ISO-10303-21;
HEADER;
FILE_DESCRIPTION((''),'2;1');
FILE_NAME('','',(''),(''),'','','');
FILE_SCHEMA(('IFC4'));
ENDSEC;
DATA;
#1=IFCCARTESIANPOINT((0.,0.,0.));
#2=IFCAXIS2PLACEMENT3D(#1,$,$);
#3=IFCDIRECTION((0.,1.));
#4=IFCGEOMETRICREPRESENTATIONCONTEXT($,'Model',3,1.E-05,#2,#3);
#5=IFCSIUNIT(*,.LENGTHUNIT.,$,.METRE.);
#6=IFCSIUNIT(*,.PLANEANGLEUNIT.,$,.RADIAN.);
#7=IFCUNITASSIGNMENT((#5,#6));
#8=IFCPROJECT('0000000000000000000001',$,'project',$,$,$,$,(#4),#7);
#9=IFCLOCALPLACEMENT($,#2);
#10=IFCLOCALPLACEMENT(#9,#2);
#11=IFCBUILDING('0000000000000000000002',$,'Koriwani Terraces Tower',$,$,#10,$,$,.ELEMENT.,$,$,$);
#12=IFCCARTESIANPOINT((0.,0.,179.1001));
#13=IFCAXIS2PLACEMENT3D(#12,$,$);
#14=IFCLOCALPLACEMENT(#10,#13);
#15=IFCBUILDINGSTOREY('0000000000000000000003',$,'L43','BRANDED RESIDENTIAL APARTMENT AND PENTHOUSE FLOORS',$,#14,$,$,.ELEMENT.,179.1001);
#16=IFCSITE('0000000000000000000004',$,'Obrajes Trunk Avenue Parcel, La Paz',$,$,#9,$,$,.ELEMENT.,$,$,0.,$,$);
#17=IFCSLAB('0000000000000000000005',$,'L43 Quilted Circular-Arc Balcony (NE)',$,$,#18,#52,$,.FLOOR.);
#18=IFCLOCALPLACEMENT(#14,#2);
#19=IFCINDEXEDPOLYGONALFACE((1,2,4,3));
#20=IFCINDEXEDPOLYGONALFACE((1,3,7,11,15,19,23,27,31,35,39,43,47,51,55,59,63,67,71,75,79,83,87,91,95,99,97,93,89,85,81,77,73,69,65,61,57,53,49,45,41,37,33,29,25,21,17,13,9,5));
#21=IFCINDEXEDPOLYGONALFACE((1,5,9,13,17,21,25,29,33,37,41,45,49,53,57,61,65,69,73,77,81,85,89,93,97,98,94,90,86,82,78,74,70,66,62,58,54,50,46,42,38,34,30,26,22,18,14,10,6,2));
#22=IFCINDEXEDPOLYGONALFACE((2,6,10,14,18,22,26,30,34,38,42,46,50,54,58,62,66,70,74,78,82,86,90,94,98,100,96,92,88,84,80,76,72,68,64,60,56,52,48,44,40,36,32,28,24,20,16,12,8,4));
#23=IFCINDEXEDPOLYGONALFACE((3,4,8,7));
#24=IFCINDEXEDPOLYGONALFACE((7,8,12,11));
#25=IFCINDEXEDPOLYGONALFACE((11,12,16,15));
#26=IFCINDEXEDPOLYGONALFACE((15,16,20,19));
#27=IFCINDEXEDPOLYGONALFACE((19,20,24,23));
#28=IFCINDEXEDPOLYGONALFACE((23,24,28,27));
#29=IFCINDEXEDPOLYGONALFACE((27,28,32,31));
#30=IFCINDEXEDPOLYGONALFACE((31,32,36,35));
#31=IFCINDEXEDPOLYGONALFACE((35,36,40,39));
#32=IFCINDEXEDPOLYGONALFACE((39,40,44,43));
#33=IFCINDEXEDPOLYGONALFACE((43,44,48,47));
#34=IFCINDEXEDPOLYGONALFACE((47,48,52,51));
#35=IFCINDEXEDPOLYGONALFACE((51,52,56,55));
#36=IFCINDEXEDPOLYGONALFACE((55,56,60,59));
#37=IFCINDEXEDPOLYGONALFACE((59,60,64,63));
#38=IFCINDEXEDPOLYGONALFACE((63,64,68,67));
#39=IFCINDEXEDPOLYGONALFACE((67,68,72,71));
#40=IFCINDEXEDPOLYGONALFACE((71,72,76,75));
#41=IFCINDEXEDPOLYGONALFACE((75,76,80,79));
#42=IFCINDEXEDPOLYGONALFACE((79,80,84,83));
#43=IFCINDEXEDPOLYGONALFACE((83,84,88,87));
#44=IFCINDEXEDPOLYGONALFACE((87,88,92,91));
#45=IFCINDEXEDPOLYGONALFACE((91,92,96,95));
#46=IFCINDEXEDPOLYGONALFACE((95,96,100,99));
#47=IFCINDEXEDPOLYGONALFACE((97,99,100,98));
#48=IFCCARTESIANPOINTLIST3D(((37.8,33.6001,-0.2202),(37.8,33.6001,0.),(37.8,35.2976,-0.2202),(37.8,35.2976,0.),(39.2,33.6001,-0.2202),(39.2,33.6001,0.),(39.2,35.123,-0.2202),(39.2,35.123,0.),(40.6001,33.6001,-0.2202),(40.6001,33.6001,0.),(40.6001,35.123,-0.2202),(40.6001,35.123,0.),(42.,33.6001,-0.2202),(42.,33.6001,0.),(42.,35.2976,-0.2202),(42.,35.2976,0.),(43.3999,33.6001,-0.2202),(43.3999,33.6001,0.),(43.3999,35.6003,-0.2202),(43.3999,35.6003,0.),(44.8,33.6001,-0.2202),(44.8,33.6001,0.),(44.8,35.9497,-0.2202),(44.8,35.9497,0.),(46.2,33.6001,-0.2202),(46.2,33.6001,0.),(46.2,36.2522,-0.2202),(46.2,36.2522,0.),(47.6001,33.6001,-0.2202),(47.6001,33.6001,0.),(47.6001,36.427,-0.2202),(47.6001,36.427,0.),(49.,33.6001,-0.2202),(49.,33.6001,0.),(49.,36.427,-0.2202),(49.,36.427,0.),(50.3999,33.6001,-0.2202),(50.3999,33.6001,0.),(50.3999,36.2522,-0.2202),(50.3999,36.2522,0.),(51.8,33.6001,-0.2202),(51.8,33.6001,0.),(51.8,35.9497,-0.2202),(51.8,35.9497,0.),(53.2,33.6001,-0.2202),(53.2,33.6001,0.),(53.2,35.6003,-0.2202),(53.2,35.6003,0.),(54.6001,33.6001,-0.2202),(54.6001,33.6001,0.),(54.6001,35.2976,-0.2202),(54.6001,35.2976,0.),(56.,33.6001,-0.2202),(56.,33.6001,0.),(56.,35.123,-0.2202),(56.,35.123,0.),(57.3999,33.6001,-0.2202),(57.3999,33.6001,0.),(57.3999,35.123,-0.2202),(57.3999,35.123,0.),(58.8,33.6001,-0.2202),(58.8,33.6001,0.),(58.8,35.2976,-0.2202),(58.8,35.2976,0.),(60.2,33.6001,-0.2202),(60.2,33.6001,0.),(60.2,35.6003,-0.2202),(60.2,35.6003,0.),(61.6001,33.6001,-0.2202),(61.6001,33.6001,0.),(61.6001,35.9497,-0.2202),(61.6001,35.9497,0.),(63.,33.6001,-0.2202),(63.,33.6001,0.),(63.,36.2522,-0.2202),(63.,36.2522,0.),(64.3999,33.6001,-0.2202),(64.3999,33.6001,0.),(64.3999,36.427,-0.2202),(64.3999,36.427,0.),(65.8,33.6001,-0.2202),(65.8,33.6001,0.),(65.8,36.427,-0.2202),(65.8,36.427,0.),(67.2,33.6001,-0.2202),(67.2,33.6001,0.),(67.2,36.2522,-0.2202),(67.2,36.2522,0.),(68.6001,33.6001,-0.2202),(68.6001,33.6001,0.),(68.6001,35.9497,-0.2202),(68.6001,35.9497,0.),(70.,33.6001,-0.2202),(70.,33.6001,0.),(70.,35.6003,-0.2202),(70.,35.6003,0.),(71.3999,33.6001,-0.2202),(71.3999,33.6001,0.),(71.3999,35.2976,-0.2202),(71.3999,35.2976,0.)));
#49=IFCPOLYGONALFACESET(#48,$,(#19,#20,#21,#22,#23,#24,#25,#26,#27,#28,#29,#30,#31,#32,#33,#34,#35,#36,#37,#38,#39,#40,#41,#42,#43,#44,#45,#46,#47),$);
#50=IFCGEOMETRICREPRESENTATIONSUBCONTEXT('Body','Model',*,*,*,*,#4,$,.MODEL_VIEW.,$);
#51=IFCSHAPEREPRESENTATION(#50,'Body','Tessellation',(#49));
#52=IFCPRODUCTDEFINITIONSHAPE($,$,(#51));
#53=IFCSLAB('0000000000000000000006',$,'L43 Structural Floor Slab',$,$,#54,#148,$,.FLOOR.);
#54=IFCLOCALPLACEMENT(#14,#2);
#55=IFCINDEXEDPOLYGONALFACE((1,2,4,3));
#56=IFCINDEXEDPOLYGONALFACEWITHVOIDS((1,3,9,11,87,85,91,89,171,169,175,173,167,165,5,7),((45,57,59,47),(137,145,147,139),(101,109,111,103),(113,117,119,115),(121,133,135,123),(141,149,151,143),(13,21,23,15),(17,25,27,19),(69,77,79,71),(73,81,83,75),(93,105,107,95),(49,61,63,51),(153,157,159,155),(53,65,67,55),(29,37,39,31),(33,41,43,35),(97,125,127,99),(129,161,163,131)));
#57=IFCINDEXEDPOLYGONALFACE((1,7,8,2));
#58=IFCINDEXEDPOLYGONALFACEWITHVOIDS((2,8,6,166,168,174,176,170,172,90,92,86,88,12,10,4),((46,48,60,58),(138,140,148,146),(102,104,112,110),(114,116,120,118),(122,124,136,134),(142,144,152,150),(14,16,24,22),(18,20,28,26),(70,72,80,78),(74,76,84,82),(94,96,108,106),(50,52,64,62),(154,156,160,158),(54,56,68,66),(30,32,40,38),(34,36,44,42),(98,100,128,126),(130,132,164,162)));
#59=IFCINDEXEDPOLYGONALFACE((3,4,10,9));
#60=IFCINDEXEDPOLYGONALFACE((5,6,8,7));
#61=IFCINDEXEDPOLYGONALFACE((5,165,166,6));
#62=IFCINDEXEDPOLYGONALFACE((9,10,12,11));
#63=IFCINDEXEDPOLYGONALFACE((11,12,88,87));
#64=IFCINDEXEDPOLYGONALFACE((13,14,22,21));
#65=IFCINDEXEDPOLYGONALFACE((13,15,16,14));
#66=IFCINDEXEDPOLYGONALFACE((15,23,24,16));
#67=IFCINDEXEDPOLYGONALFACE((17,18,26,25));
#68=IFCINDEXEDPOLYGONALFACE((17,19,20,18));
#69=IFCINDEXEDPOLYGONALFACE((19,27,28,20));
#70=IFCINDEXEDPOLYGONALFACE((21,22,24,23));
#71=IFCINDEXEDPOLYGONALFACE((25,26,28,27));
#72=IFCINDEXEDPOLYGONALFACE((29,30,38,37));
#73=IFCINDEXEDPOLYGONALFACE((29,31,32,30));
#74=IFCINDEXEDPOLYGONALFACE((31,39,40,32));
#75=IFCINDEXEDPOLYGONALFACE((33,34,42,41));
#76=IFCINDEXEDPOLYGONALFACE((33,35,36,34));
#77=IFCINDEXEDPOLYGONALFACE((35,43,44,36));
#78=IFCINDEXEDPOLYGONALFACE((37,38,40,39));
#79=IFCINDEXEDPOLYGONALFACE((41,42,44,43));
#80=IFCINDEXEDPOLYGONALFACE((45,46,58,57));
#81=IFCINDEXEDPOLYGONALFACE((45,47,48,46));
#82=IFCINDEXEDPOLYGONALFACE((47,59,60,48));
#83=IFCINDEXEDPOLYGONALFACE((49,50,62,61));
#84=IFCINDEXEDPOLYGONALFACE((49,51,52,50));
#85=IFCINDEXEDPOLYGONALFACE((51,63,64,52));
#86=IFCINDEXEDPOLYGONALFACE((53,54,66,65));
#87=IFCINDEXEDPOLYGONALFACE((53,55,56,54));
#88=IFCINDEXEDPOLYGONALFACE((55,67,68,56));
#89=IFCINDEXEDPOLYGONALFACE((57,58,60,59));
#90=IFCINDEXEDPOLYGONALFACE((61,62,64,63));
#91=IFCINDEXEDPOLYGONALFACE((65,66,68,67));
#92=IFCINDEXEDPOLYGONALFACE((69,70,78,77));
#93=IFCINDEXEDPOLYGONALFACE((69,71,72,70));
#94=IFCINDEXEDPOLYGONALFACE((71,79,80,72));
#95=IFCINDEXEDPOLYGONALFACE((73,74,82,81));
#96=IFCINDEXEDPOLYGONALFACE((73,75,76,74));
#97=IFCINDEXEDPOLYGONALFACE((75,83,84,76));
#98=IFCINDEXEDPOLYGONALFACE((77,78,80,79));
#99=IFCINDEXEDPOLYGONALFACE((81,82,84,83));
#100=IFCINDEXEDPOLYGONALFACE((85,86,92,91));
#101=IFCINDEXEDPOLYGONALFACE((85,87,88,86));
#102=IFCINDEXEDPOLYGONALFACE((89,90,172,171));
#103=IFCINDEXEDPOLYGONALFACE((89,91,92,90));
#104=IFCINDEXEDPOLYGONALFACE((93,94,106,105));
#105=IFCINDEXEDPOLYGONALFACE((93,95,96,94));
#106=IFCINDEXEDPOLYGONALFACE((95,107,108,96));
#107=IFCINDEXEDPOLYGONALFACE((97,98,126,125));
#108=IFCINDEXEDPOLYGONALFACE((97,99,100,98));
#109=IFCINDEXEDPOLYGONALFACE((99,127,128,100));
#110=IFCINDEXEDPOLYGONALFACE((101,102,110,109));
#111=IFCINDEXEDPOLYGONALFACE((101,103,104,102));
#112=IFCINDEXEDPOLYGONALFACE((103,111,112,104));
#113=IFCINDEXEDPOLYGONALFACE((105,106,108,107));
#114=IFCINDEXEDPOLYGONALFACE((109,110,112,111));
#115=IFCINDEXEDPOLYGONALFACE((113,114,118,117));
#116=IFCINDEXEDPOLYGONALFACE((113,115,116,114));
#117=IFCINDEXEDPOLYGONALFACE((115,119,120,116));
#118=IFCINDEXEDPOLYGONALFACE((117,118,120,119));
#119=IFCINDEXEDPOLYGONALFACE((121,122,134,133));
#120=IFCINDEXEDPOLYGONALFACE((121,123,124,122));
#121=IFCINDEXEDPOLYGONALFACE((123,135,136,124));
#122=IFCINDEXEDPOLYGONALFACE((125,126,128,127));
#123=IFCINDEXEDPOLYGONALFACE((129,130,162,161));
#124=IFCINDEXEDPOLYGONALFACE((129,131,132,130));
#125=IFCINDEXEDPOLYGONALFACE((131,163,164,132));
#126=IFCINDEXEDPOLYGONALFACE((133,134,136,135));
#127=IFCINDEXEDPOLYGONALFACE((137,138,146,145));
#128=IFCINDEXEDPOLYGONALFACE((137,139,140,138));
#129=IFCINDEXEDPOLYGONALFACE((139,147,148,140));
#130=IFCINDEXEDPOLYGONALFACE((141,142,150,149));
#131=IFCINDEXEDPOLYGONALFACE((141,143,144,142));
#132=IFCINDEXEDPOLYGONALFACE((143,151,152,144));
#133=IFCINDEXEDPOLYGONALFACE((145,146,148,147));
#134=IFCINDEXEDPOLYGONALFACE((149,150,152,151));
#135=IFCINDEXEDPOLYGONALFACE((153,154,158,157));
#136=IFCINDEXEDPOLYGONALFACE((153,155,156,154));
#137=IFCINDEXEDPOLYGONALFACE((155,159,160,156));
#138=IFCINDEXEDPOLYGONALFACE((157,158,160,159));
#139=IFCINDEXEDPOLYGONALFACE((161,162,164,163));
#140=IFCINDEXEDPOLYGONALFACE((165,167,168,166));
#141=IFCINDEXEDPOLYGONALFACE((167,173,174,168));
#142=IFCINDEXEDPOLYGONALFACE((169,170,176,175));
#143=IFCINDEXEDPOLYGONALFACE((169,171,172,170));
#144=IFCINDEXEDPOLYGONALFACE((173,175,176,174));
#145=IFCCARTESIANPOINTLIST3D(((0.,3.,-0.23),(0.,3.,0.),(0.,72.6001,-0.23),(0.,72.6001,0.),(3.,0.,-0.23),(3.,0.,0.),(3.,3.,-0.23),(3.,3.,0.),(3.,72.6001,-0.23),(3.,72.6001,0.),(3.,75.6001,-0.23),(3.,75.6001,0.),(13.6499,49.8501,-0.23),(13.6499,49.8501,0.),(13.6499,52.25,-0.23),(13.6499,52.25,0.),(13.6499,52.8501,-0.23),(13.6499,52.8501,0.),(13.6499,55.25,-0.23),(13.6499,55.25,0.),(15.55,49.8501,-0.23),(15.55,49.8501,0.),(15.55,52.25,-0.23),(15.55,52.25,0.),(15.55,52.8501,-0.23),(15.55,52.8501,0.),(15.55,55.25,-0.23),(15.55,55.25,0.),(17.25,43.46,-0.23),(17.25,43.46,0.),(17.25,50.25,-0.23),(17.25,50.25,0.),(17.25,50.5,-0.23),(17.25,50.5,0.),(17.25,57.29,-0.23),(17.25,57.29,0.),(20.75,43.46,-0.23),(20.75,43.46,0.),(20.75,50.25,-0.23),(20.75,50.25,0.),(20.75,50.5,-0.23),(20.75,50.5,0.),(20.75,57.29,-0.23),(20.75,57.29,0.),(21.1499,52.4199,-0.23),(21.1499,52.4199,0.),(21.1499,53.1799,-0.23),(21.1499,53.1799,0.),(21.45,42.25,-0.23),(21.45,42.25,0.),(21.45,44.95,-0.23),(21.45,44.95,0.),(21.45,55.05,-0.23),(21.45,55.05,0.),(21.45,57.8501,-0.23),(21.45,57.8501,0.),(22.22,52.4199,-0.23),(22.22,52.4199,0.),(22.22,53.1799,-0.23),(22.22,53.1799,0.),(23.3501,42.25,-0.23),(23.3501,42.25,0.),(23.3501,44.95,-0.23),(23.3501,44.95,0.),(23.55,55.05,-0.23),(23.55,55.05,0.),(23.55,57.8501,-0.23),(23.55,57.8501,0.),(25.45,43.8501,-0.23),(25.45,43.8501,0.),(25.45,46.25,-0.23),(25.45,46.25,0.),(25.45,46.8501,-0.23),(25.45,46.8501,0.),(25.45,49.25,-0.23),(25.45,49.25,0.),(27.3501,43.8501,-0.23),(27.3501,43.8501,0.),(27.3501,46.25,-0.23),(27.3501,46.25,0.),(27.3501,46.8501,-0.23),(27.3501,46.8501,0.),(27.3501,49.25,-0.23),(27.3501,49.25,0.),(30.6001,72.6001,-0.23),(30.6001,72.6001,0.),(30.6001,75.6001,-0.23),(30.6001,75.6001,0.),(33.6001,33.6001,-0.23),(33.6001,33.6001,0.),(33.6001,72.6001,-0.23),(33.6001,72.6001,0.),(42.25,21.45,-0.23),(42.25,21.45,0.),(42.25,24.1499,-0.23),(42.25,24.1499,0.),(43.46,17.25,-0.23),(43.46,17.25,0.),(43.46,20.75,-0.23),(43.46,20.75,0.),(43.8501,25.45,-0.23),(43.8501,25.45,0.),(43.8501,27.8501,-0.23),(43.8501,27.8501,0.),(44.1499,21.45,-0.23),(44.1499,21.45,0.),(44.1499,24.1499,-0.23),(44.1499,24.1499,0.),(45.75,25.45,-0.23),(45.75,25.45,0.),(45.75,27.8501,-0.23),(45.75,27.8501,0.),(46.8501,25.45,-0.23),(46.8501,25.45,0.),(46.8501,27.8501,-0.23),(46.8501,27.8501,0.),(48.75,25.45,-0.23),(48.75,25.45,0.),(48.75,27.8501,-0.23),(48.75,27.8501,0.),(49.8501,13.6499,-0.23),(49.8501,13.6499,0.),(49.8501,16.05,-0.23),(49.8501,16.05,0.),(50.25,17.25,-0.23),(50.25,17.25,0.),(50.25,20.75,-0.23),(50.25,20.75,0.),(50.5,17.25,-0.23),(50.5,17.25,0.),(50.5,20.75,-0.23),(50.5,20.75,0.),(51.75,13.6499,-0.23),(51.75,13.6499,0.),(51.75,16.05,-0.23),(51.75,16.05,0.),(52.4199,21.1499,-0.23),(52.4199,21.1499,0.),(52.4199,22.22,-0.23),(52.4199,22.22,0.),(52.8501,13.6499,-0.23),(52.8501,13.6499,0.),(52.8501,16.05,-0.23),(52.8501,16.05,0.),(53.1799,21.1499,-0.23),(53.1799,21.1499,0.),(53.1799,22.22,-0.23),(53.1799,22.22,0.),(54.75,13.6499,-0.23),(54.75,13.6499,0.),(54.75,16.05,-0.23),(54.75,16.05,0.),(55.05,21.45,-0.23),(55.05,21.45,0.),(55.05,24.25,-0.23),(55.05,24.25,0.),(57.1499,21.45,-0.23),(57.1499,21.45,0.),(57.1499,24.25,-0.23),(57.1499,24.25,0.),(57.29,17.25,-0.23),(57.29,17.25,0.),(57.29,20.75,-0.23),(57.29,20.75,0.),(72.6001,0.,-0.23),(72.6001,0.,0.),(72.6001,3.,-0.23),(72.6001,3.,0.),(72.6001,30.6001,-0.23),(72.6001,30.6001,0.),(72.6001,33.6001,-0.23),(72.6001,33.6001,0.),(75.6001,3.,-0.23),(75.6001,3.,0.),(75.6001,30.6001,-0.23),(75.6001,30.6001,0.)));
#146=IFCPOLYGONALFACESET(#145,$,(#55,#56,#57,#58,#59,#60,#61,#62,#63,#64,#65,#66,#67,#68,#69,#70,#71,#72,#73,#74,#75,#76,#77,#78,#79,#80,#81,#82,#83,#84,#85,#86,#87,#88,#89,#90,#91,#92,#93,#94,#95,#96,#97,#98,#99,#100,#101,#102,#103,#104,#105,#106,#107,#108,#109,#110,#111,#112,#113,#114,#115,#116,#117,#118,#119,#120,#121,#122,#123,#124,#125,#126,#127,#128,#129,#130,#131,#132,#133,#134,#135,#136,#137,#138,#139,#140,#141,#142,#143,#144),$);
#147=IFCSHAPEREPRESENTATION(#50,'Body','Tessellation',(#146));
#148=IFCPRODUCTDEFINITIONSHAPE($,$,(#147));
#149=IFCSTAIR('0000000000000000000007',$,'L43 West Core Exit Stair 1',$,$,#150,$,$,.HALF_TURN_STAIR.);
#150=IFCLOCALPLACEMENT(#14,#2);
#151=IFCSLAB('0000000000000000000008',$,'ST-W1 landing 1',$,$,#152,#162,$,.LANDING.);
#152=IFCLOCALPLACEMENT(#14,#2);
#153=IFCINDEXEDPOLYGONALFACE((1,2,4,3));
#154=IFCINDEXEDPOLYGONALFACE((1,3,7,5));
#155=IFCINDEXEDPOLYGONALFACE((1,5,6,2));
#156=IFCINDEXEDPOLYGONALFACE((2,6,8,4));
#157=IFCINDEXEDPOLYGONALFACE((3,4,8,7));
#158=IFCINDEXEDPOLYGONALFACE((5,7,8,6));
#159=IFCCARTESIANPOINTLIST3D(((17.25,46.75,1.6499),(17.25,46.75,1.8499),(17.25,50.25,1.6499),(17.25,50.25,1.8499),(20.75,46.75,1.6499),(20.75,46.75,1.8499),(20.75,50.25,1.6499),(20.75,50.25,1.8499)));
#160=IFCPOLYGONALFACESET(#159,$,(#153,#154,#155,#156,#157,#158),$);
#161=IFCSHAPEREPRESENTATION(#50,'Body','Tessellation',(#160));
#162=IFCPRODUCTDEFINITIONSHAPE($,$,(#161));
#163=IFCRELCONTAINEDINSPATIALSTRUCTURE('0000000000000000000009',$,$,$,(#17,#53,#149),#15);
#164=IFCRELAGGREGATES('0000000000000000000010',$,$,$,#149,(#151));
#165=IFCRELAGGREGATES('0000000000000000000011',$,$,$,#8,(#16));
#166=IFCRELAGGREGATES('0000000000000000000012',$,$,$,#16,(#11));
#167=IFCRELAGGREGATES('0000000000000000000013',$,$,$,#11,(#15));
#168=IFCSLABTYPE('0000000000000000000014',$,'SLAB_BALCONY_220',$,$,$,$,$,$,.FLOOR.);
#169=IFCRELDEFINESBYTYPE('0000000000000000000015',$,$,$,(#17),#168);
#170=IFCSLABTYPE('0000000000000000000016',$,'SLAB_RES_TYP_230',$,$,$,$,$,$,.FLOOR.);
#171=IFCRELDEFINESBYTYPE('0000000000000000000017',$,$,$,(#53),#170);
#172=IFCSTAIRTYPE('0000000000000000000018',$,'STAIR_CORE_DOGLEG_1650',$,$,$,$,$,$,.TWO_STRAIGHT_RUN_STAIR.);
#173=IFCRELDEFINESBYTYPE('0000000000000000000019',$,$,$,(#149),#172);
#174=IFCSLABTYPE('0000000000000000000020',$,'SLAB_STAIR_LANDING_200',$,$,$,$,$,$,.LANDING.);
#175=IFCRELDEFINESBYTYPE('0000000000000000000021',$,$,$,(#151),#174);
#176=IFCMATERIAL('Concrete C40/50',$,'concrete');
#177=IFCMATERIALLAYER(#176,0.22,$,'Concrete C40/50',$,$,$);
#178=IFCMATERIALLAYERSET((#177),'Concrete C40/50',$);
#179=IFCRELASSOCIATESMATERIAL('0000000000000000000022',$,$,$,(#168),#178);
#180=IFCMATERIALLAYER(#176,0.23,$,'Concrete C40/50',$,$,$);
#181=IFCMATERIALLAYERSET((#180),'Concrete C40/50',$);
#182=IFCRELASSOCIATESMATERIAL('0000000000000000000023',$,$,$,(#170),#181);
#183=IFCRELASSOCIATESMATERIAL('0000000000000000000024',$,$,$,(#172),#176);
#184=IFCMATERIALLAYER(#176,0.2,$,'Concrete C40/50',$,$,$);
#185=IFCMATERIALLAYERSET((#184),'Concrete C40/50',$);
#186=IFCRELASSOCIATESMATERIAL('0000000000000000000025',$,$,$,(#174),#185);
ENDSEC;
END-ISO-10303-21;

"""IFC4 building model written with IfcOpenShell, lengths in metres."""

from ifc_helpers import new_model, si_unit, direction, frame, origin, place, context, subcontext, project, spatial, polyline, outline, extrude, material, layer, layer_set, type_object, element, aggregate, save


model = new_model("IFC4")

# Units and contexts
model_context = context("Model", 3, precision=1e-05, world=origin(), true_north=direction((0.0, 1.0)))
body_context = subcontext(model_context, "Body", "Model", "MODEL_VIEW")
ifc_project = project(units=[si_unit("LENGTHUNIT", "METRE"), si_unit("PLANEANGLEUNIT", "RADIAN")], contexts=[model_context])

# Site, building, storey
site_placement = place(None, origin())
site = spatial("IfcSite", under=ifc_project, at=site_placement, Name="Obrajes Trunk Avenue Parcel, La Paz", CompositionType="ELEMENT", RefElevation=0.0)
building_placement = place(site_placement, origin())
building = spatial("IfcBuilding", under=site, at=building_placement, Name="Koriwani Terraces Tower", CompositionType="ELEMENT")
storey_placement = place(building_placement, frame((0.0, 0.0, 179.1001)))
storey = spatial("IfcBuildingStorey", under=building, at=storey_placement, Name="L43", Description="BRANDED RESIDENTIAL APARTMENT AND PENTHOUSE FLOORS", CompositionType="ELEMENT", Elevation=179.1001)

# Shared definitions
ifc_material_1 = material(Name="Concrete C40/50", Category="concrete")

# Slabs
ifc_layer_1 = layer(ifc_material_1, 0.22, Name="Concrete C40/50")
ifc_layer_set_1 = layer_set([ifc_layer_1], Name="Concrete C40/50")
slab_type_1 = type_object("IfcSlabType", Name="SLAB_BALCONY_220", PredefinedType="FLOOR", material=ifc_layer_set_1)
slab_1_placement = place(storey_placement, frame((0.0, 0.0, -0.2202)))
element("IfcSlab", 1, at=slab_1_placement, inside=storey, type_object=slab_type_1, Name="L43 Quilted Circular-Arc Balcony (NE)", PredefinedType="FLOOR", context=body_context, shape_type="SweptSolid", body=[
    extrude(outline(polyline([(71.3999, 33.6001), (70.0, 33.6001), (68.6001, 33.6001), (67.2, 33.6001), (65.8, 33.6001), (64.3999, 33.6001), (63.0, 33.6001), (61.6001, 33.6001), (60.2, 33.6001), (58.8, 33.6001), (57.3999, 33.6001), (56.0, 33.6001), (54.6001, 33.6001), (53.2, 33.6001), (51.8, 33.6001), (50.3999, 33.6001), (49.0, 33.6001), (47.6001, 33.6001), (46.2, 33.6001), (44.8, 33.6001), (43.3999, 33.6001), (42.0, 33.6001), (40.6001, 33.6001), (39.2, 33.6001), (37.8, 33.6001), (37.8, 35.2976), (39.2, 35.123), (40.6001, 35.123), (42.0, 35.2976), (43.3999, 35.6003), (44.8, 35.9497), (46.2, 36.2522), (47.6001, 36.427), (49.0, 36.427), (50.3999, 36.2522), (51.8, 35.9497), (53.2, 35.6003), (54.6001, 35.2976), (56.0, 35.123), (57.3999, 35.123), (58.8, 35.2976), (60.2, 35.6003), (61.6001, 35.9497), (63.0, 36.2522), (64.3999, 36.427), (65.8, 36.427), (67.2, 36.2522), (68.6001, 35.9497), (70.0, 35.6003), (71.3999, 35.2976), (71.3999, 33.6001)])), origin(), (0.0, 0.0, 1.0), 0.2202),
])
ifc_layer_2 = layer(ifc_material_1, 0.23, Name="Concrete C40/50")
ifc_layer_set_2 = layer_set([ifc_layer_2], Name="Concrete C40/50")
slab_type_2 = type_object("IfcSlabType", Name="SLAB_RES_TYP_230", PredefinedType="FLOOR", material=ifc_layer_set_2)
slab_2_placement = place(storey_placement, frame((0.0, 0.0, -0.23)))
element("IfcSlab", 2, at=slab_2_placement, inside=storey, type_object=slab_type_2, Name="L43 Structural Floor Slab", PredefinedType="FLOOR", context=body_context, shape_type="SweptSolid", body=[
    extrude(outline(polyline([(3.0, 0.0), (72.6001, 0.0), (72.6001, 3.0), (75.6001, 3.0), (75.6001, 30.6001), (72.6001, 30.6001), (72.6001, 33.6001), (33.6001, 33.6001), (33.6001, 72.6001), (30.6001, 72.6001), (30.6001, 75.6001), (3.0, 75.6001), (3.0, 72.6001), (0.0, 72.6001), (0.0, 3.0), (3.0, 3.0), (3.0, 0.0)]), holes=[polyline([(17.25, 43.46), (20.75, 43.46), (20.75, 50.25), (17.25, 50.25), (17.25, 43.46)]), polyline([(17.25, 50.5), (20.75, 50.5), (20.75, 57.29), (17.25, 57.29), (17.25, 50.5)]), polyline([(43.46, 17.25), (50.25, 17.25), (50.25, 20.75), (43.46, 20.75), (43.46, 17.25)]), polyline([(50.5, 17.25), (57.29, 17.25), (57.29, 20.75), (50.5, 20.75), (50.5, 17.25)]), polyline([(13.6499, 49.8501), (15.55, 49.8501), (15.55, 52.25), (13.6499, 52.25), (13.6499, 49.8501)]), polyline([(13.6499, 52.8501), (15.55, 52.8501), (15.55, 55.25), (13.6499, 55.25), (13.6499, 52.8501)]), polyline([(49.8501, 13.6499), (51.75, 13.6499), (51.75, 16.05), (49.8501, 16.05), (49.8501, 13.6499)]), polyline([(52.8501, 13.6499), (54.75, 13.6499), (54.75, 16.05), (52.8501, 16.05), (52.8501, 13.6499)]), polyline([(25.45, 43.8501), (27.3501, 43.8501), (27.3501, 46.25), (25.45, 46.25), (25.45, 43.8501)]), polyline([(25.45, 46.8501), (27.3501, 46.8501), (27.3501, 49.25), (25.45, 49.25), (25.45, 46.8501)]), polyline([(43.8501, 25.45), (45.75, 25.45), (45.75, 27.8501), (43.8501, 27.8501), (43.8501, 25.45)]), polyline([(46.8501, 25.45), (48.75, 25.45), (48.75, 27.8501), (46.8501, 27.8501), (46.8501, 25.45)]), polyline([(21.45, 55.05), (23.55, 55.05), (23.55, 57.8501), (21.45, 57.8501), (21.45, 55.05)]), polyline([(55.05, 21.45), (57.1499, 21.45), (57.1499, 24.25), (55.05, 24.25), (55.05, 21.45)]), polyline([(21.45, 42.25), (23.3501, 42.25), (23.3501, 44.95), (21.45, 44.95), (21.45, 42.25)]), polyline([(42.25, 21.45), (44.1499, 21.45), (44.1499, 24.1499), (42.25, 24.1499), (42.25, 21.45)]), polyline([(21.1499, 52.4199), (22.22, 52.4199), (22.22, 53.1799), (21.1499, 53.1799), (21.1499, 52.4199)]), polyline([(52.4199, 21.1499), (53.1799, 21.1499), (53.1799, 22.22), (52.4199, 22.22), (52.4199, 21.1499)])]), origin(), (0.0, 0.0, 1.0), 0.23),
])

# Stair, slab
stair_type = type_object("IfcStairType", Name="STAIR_CORE_DOGLEG_1650", PredefinedType="TWO_STRAIGHT_RUN_STAIR", material=ifc_material_1)
stair_1_placement = place(storey_placement, origin())
stair_1 = element("IfcStair", 3, at=stair_1_placement, inside=storey, type_object=stair_type, Name="L43 West Core Exit Stair 1", PredefinedType="HALF_TURN_STAIR")
ifc_layer_3 = layer(ifc_material_1, 0.2, Name="Concrete C40/50")
ifc_layer_set_3 = layer_set([ifc_layer_3], Name="Concrete C40/50")
slab_type_3 = type_object("IfcSlabType", Name="SLAB_STAIR_LANDING_200", PredefinedType="LANDING", material=ifc_layer_set_3)
slab_3_placement = place(storey_placement, frame((0.0, 0.0, 1.6499)))
slab_3 = element("IfcSlab", 4, at=slab_3_placement, type_object=slab_type_3, Name="ST-W1 landing 1", PredefinedType="LANDING", context=body_context, shape_type="SweptSolid", body=[
    extrude(outline(polyline([(20.75, 46.75), (20.75, 50.25), (17.25, 50.25), (17.25, 46.75), (20.75, 46.75)])), origin(), (0.0, 0.0, 1.0), 0.2),
])
aggregate(stair_1, [slab_3])

save(model, "model.ifc")
